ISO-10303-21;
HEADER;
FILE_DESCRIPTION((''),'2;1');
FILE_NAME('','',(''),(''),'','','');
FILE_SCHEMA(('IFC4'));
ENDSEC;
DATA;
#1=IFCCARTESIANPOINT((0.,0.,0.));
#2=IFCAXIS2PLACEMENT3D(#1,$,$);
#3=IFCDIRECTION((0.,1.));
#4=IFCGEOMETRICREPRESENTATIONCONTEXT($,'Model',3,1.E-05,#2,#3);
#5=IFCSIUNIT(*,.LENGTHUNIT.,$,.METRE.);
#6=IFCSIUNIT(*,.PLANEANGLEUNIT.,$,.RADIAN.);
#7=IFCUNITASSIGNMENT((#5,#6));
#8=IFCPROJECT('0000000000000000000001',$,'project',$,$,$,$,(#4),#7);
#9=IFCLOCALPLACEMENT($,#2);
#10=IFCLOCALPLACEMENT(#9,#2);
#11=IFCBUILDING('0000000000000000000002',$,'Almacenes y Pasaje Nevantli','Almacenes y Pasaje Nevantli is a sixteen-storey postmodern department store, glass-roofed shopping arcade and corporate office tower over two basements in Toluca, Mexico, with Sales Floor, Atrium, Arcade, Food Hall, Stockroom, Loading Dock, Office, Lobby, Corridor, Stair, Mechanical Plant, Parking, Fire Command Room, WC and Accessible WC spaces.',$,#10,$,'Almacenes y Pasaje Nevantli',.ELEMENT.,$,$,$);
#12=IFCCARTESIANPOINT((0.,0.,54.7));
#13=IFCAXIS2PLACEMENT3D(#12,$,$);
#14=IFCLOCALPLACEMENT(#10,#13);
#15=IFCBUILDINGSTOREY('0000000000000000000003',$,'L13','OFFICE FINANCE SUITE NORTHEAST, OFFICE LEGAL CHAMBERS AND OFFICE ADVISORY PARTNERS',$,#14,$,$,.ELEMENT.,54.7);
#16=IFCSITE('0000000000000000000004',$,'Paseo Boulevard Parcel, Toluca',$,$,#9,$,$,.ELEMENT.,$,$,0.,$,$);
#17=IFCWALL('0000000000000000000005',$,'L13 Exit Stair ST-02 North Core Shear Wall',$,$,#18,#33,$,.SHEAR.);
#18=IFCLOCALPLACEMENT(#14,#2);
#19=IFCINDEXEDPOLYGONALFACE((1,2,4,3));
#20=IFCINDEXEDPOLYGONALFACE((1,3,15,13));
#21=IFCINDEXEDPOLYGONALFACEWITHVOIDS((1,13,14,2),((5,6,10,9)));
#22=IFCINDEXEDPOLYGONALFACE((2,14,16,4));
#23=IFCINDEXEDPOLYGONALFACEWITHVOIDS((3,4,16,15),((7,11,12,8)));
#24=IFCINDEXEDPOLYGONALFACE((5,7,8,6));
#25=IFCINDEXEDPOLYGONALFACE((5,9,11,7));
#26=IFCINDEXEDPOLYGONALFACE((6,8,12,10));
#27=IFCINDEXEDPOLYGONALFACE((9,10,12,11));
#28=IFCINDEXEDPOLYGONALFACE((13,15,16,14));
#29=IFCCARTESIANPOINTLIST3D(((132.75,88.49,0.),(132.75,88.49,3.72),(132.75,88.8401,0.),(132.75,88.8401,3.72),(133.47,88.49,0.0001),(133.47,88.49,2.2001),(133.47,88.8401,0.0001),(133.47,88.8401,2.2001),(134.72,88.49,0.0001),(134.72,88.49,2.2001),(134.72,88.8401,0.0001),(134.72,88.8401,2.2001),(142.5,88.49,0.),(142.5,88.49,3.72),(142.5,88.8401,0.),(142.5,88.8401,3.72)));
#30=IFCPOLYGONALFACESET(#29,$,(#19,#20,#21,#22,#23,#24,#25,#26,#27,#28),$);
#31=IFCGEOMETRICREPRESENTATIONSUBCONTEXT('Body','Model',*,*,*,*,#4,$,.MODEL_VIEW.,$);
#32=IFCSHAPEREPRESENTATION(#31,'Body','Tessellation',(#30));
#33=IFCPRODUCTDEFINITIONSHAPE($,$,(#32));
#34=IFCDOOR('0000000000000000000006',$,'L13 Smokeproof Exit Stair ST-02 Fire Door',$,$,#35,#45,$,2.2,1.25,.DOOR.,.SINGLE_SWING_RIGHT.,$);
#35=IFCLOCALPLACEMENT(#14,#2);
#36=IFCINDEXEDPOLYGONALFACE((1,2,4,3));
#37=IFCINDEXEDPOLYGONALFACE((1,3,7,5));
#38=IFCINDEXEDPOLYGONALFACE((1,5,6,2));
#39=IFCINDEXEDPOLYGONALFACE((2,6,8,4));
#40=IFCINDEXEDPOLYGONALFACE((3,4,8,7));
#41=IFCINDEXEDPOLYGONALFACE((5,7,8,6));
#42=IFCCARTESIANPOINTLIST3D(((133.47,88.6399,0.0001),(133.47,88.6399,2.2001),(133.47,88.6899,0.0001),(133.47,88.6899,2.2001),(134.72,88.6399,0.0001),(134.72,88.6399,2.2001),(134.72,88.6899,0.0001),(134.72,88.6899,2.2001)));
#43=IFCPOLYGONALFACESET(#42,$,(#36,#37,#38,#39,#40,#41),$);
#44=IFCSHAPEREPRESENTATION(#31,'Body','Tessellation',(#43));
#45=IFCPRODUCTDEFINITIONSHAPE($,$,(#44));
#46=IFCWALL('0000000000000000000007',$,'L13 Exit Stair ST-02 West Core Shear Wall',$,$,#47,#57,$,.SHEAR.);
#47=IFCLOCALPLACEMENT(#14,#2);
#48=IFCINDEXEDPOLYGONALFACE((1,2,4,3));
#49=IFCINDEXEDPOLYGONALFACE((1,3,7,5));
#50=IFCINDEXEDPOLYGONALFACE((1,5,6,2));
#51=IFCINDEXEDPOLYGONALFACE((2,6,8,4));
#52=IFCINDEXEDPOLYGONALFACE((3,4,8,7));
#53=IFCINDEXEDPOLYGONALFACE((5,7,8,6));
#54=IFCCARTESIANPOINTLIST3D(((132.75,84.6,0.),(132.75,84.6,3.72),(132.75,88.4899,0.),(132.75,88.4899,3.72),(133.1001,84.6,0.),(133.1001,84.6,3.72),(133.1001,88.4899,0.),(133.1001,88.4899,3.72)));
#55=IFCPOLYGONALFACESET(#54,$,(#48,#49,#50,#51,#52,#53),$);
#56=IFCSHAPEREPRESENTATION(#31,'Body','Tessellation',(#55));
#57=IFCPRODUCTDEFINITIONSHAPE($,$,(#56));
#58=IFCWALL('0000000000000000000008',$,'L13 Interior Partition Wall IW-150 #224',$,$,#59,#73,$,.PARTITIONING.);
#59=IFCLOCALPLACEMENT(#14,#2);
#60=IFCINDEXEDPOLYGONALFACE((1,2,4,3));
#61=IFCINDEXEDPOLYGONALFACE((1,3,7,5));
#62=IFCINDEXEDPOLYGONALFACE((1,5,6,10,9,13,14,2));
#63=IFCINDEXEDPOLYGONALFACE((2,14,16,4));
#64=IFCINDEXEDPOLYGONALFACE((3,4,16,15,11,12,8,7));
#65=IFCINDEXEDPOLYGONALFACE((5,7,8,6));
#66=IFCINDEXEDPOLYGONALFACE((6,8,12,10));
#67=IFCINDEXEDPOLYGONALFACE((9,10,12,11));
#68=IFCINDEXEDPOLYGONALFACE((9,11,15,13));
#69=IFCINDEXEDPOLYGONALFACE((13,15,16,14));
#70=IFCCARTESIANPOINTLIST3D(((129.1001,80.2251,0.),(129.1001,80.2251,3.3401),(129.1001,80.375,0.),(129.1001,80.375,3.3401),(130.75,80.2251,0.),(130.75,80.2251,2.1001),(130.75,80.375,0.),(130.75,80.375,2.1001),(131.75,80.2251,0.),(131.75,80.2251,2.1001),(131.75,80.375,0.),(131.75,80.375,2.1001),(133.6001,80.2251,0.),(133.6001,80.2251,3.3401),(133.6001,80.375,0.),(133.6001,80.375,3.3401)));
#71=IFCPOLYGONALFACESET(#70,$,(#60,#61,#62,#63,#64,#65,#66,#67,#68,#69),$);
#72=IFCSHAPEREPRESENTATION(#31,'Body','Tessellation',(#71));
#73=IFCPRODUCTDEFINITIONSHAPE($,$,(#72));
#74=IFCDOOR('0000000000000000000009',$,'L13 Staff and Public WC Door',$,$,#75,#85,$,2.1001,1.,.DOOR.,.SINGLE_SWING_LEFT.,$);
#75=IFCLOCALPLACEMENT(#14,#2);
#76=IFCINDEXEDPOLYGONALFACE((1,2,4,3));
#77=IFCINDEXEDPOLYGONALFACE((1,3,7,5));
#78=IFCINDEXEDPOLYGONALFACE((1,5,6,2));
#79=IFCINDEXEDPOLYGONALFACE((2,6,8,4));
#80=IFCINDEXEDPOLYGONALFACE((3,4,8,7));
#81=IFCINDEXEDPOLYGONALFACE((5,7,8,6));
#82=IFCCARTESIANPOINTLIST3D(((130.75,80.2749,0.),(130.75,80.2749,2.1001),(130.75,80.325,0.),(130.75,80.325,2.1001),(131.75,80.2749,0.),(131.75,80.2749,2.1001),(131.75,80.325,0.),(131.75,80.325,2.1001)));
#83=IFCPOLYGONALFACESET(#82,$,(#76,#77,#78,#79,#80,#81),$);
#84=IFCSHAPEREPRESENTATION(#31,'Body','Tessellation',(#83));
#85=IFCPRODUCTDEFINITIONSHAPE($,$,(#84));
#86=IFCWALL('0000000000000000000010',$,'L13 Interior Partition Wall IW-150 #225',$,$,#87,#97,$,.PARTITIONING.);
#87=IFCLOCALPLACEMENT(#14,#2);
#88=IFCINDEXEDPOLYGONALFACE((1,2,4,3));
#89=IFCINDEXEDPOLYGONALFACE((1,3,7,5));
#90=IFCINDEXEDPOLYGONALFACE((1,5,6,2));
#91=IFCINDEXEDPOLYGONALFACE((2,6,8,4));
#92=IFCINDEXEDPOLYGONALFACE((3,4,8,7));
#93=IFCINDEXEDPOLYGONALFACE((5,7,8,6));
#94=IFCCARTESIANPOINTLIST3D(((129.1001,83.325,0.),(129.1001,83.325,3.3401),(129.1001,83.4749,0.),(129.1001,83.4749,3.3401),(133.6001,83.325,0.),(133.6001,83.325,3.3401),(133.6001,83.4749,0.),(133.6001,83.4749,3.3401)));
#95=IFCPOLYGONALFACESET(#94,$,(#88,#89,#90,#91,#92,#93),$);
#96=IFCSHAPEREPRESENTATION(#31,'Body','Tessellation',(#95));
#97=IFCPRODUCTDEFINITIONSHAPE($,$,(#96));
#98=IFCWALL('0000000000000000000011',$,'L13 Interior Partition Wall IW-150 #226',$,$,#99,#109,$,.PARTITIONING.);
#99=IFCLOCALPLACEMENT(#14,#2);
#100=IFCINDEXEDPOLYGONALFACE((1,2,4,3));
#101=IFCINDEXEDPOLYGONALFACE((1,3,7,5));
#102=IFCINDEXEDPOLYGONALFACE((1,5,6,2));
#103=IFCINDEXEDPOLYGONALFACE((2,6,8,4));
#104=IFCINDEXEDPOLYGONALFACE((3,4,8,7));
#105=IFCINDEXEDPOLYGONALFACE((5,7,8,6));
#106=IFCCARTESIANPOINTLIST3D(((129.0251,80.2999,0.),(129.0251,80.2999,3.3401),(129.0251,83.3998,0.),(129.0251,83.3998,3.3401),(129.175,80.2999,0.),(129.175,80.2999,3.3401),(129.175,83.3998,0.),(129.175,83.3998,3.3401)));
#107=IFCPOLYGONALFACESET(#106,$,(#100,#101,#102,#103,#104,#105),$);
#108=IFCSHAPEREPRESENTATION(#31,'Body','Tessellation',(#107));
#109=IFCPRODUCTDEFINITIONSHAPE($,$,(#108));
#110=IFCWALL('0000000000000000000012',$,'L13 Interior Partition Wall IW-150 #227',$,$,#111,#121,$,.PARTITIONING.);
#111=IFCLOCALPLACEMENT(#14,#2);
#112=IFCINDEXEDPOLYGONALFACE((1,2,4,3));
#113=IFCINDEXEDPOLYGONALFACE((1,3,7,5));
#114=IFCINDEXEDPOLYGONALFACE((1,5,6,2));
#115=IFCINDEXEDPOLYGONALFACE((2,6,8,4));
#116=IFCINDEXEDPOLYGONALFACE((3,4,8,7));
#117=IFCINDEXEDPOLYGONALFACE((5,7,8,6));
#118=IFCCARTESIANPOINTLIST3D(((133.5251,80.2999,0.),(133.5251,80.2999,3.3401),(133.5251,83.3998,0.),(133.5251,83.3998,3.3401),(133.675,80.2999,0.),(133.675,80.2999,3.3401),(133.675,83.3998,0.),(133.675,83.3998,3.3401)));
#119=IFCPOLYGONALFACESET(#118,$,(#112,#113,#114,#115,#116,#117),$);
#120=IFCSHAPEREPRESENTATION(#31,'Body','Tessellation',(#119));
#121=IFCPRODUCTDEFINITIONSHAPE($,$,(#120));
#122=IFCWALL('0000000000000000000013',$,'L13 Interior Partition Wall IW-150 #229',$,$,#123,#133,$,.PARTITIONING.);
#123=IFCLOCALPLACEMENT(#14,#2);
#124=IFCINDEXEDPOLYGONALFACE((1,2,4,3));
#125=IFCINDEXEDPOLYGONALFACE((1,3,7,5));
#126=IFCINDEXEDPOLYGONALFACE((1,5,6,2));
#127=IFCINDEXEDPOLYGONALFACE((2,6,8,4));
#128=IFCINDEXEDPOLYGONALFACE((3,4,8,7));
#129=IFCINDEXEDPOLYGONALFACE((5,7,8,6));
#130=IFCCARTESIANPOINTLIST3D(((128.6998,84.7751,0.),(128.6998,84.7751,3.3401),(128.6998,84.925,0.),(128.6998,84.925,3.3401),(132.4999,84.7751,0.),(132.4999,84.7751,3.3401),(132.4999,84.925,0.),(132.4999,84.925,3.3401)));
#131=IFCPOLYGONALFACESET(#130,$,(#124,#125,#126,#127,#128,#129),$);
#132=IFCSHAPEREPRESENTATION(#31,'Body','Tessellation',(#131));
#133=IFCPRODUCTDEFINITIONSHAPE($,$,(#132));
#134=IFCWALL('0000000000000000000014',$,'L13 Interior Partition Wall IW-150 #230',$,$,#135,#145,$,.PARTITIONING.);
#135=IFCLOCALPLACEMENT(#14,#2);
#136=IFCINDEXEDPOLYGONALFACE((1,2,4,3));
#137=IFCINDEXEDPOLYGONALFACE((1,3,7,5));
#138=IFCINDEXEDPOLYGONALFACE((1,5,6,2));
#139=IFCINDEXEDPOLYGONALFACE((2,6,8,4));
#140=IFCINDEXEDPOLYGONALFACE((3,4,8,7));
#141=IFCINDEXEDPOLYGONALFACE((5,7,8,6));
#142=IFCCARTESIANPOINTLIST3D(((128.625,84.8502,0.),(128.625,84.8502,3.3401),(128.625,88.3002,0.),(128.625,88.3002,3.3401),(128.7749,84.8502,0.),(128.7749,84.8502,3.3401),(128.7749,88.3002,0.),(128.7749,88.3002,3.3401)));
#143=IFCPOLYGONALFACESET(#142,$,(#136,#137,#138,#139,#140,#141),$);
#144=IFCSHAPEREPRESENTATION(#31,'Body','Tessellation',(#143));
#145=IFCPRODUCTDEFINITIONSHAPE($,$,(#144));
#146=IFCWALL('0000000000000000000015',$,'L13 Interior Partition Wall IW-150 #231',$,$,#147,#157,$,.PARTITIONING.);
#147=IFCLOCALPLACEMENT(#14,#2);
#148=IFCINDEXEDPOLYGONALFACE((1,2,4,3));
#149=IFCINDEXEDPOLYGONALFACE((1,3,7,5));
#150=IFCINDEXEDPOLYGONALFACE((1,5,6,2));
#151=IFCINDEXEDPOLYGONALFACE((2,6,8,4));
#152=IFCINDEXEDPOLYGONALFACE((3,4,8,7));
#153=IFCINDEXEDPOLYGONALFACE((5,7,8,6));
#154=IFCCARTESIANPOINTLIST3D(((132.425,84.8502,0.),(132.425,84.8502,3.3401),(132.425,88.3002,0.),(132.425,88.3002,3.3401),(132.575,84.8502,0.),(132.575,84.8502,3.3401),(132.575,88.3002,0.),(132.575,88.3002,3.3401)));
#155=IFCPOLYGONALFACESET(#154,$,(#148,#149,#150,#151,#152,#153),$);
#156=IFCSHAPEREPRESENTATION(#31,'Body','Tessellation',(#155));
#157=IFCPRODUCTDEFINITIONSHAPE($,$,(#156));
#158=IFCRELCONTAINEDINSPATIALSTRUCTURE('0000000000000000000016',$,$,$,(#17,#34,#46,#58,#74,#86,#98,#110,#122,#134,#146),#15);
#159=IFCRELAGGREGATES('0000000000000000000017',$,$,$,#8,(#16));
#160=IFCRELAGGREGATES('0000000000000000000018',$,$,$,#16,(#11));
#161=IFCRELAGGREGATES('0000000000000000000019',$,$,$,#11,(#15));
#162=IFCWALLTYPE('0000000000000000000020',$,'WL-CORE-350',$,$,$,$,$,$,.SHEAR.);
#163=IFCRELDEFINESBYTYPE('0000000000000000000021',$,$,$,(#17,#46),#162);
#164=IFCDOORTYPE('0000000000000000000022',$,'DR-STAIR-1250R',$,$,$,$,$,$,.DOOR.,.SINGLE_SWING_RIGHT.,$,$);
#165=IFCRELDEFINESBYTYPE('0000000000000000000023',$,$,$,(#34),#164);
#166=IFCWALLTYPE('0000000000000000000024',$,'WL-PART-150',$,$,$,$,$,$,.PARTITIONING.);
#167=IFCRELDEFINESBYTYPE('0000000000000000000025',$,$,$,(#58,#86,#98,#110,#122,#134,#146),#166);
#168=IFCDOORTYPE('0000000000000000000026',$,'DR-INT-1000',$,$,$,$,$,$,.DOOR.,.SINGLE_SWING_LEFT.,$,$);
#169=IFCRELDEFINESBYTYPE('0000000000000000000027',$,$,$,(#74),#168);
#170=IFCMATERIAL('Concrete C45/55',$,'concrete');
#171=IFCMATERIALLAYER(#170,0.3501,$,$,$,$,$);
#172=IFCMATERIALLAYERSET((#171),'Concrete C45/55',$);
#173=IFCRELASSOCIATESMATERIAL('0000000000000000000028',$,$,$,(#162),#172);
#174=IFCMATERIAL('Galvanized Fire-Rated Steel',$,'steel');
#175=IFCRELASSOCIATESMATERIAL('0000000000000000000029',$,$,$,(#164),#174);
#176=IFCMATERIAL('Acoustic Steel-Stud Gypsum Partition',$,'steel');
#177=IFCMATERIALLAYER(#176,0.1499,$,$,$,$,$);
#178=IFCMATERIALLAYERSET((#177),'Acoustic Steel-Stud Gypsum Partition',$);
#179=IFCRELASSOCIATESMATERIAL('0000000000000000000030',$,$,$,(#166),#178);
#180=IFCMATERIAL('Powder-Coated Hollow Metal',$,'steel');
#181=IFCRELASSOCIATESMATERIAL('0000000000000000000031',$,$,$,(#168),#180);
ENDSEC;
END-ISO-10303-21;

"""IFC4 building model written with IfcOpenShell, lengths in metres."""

from ifc_helpers import new_model, si_unit, direction, frame, frame_2d, origin, place, context, subcontext, project, spatial, rectangle, extrude, material, layer, layer_set, type_object, element, fill, save


model = new_model("IFC4")

# Units and contexts
model_context = context("Model", 3, precision=1e-05, world=origin(), true_north=direction((0.0, 1.0)))
body_context = subcontext(model_context, "Body", "Model", "MODEL_VIEW")
ifc_project = project(units=[si_unit("LENGTHUNIT", "METRE"), si_unit("PLANEANGLEUNIT", "RADIAN")], contexts=[model_context])

# Site, building, storey
site_placement = place(None, origin())
site = spatial("IfcSite", under=ifc_project, at=site_placement, Name="Paseo Boulevard Parcel, Toluca", CompositionType="ELEMENT", RefElevation=0.0)
building_placement = place(site_placement, origin())
building = spatial("IfcBuilding", under=site, at=building_placement, Name="Almacenes y Pasaje Nevantli", Description="Almacenes y Pasaje Nevantli is a sixteen-storey postmodern department store, glass-roofed shopping arcade and corporate office tower over two basements in Toluca, Mexico, with Sales Floor, Atrium, Arcade, Food Hall, Stockroom, Loading Dock, Office, Lobby, Corridor, Stair, Mechanical Plant, Parking, Fire Command Room, WC and Accessible WC spaces.", LongName="Almacenes y Pasaje Nevantli", CompositionType="ELEMENT")
storey_placement = place(building_placement, frame((0.0, 0.0, 54.7)))
storey = spatial("IfcBuildingStorey", under=building, at=storey_placement, Name="L13", Description="OFFICE FINANCE SUITE NORTHEAST, OFFICE LEGAL CHAMBERS AND OFFICE ADVISORY PARTNERS", CompositionType="ELEMENT", Elevation=54.7)

# Shared definitions
ifc_material_1 = material(Name="Concrete C45/55", Category="concrete")
ifc_layer_1 = layer(ifc_material_1, 0.3501)
ifc_layer_set_1 = layer_set([ifc_layer_1], Name="Concrete C45/55")
wall_type_1 = type_object("IfcWallType", Name="WL-CORE-350", PredefinedType="SHEAR", material=ifc_layer_set_1)

# Wall, opening, door
wall_1_placement = place(storey_placement, frame((132.75, 88.665, 0.0), z_axis=(0.0, 0.0, 1.0), x_axis=(1.0, 0.0, 0.0)))
wall_1 = element("IfcWall", 1, at=wall_1_placement, inside=storey, type_object=wall_type_1, Name="L13 Exit Stair ST-02 North Core Shear Wall", PredefinedType="SHEAR", context=body_context, shape_type="SweptSolid", body=[
    extrude(rectangle(XDim=9.75, YDim=0.3501, at=frame_2d((4.875, 0.0))), origin(), (0.0, 0.0, 1.0), 3.72),
])
opening_1_placement = place(wall_1_placement, frame((0.72, 0.0, 0.0)))
opening_1 = element("IfcOpeningElement", 2, at=opening_1_placement, cuts=wall_1, PredefinedType="OPENING", context=body_context, shape_type="SweptSolid", body=[
    extrude(rectangle(XDim=1.25, YDim=2.2, at=frame_2d((0.625, 1.1001))), frame((0.0, 0.1851, 0.0), z_axis=(0.0, -1.0, 0.0), x_axis=(1.0, 0.0, 0.0)), (0.0, 0.0, 1.0), 0.3701),
])
ifc_material_2 = material(Name="Galvanized Fire-Rated Steel", Category="steel")
door_type_1 = type_object("IfcDoorType", Name="DR-STAIR-1250R", OperationType="SINGLE_SWING_RIGHT", PredefinedType="DOOR", material=ifc_material_2)
door_1_placement = place(opening_1_placement, origin())
door_1 = element("IfcDoor", 3, at=door_1_placement, inside=storey, type_object=door_type_1, Name="L13 Smokeproof Exit Stair ST-02 Fire Door", OperationType="SINGLE_SWING_RIGHT", OverallHeight=2.2, OverallWidth=1.25, PredefinedType="DOOR", context=body_context, shape_type="SweptSolid", body=[
    extrude(rectangle(XDim=1.25, YDim=2.2, at=frame_2d((0.625, 1.1001))), frame((0.0, 0.0249, 0.0), z_axis=(0.0, -1.0, 0.0), x_axis=(1.0, 0.0, 0.0)), (0.0, 0.0, 1.0), 0.05),
])
fill(opening_1, door_1)

# Wall
wall_2_placement = place(storey_placement, frame((132.925, 84.6001, 0.0), z_axis=(0.0, 0.0, 1.0), x_axis=(0.0, 1.0, 0.0)))
element("IfcWall", 4, at=wall_2_placement, inside=storey, type_object=wall_type_1, Name="L13 Exit Stair ST-02 West Core Shear Wall", PredefinedType="SHEAR", context=body_context, shape_type="SweptSolid", body=[
    extrude(rectangle(XDim=3.8899, YDim=0.3501, at=frame_2d((1.9448, 0.0))), origin(), (0.0, 0.0, 1.0), 3.72),
])

# Wall, opening, door
ifc_material_3 = material(Name="Acoustic Steel-Stud Gypsum Partition", Category="steel")
ifc_layer_2 = layer(ifc_material_3, 0.1499)
ifc_layer_set_2 = layer_set([ifc_layer_2], Name="Acoustic Steel-Stud Gypsum Partition")
wall_type_2 = type_object("IfcWallType", Name="WL-PART-150", PredefinedType="PARTITIONING", material=ifc_layer_set_2)
wall_3_placement = place(storey_placement, frame((129.1001, 80.3, 0.0), z_axis=(0.0, 0.0, 1.0), x_axis=(1.0, 0.0, 0.0)))
wall_3 = element("IfcWall", 5, at=wall_3_placement, inside=storey, type_object=wall_type_2, Name="L13 Interior Partition Wall IW-150 #224", PredefinedType="PARTITIONING", context=body_context, shape_type="SweptSolid", body=[
    extrude(rectangle(XDim=4.5, YDim=0.1499, at=frame_2d((2.25, 0.0))), origin(), (0.0, 0.0, 1.0), 3.3401),
])
opening_2_placement = place(wall_3_placement, frame((1.6499, 0.0, 0.0)))
opening_2 = element("IfcOpeningElement", 6, at=opening_2_placement, cuts=wall_3, PredefinedType="OPENING", context=body_context, shape_type="SweptSolid", body=[
    extrude(rectangle(XDim=1.0, YDim=2.1001, at=frame_2d((0.5, 1.05))), frame((0.0, 0.085, 0.0), z_axis=(0.0, -1.0, 0.0), x_axis=(1.0, 0.0, 0.0)), (0.0, 0.0, 1.0), 0.1699),
])
ifc_material_4 = material(Name="Powder-Coated Hollow Metal", Category="steel")
door_type_2 = type_object("IfcDoorType", Name="DR-INT-1000", OperationType="SINGLE_SWING_LEFT", PredefinedType="DOOR", material=ifc_material_4)
door_2_placement = place(opening_2_placement, origin())
door_2 = element("IfcDoor", 7, at=door_2_placement, inside=storey, type_object=door_type_2, Name="L13 Staff and Public WC Door", OperationType="SINGLE_SWING_LEFT", OverallHeight=2.1001, OverallWidth=1.0, PredefinedType="DOOR", context=body_context, shape_type="SweptSolid", body=[
    extrude(rectangle(XDim=1.0, YDim=2.1001, at=frame_2d((0.5, 1.05))), frame((0.0, 0.0249, 0.0), z_axis=(0.0, -1.0, 0.0), x_axis=(1.0, 0.0, 0.0)), (0.0, 0.0, 1.0), 0.05),
])
fill(opening_2, door_2)

# Walls
wall_4_placement = place(storey_placement, frame((129.1001, 83.3999, 0.0), z_axis=(0.0, 0.0, 1.0), x_axis=(1.0, 0.0, 0.0)))
element("IfcWall", 8, at=wall_4_placement, inside=storey, type_object=wall_type_2, Name="L13 Interior Partition Wall IW-150 #225", PredefinedType="PARTITIONING", context=body_context, shape_type="SweptSolid", body=[
    extrude(rectangle(XDim=4.5, YDim=0.1499, at=frame_2d((2.25, 0.0))), origin(), (0.0, 0.0, 1.0), 3.3401),
])
for number, where, z_axis, x_axis, name in (
    (9, (129.1001, 80.3, 0.0), (0.0, 0.0, 1.0), (0.0, 1.0, 0.0), "L13 Interior Partition Wall IW-150 #226"),
    (10, (133.6001, 80.3, 0.0), (0.0, 0.0, 1.0), (0.0, 1.0, 0.0), "L13 Interior Partition Wall IW-150 #227"),
):
    element("IfcWall", number, at=place(storey_placement, frame(where, z_axis=z_axis, x_axis=x_axis)), inside=storey, type_object=wall_type_2, Name=name, PredefinedType="PARTITIONING", context=body_context, shape_type="SweptSolid", body=[
        extrude(rectangle(XDim=3.0999, YDim=0.1499, at=frame_2d((1.5498, 0.0))), origin(), (0.0, 0.0, 1.0), 3.3401),
    ])

# Walls
wall_5_placement = place(storey_placement, frame((128.7, 84.8501, 0.0), z_axis=(0.0, 0.0, 1.0), x_axis=(1.0, 0.0, 0.0)))
element("IfcWall", 11, at=wall_5_placement, inside=storey, type_object=wall_type_2, Name="L13 Interior Partition Wall IW-150 #229", PredefinedType="PARTITIONING", context=body_context, shape_type="SweptSolid", body=[
    extrude(rectangle(XDim=3.8, YDim=0.1499, at=frame_2d((1.8999, 0.0))), origin(), (0.0, 0.0, 1.0), 3.3401),
])
for number, where, z_axis, x_axis, name in (
    (12, (128.7, 84.8501, 0.0), (0.0, 0.0, 1.0), (0.0, 1.0, 0.0), "L13 Interior Partition Wall IW-150 #230"),
    (13, (132.5, 84.8501, 0.0), (0.0, 0.0, 1.0), (0.0, 1.0, 0.0), "L13 Interior Partition Wall IW-150 #231"),
):
    element("IfcWall", number, at=place(storey_placement, frame(where, z_axis=z_axis, x_axis=x_axis)), inside=storey, type_object=wall_type_2, Name=name, PredefinedType="PARTITIONING", context=body_context, shape_type="SweptSolid", body=[
        extrude(rectangle(XDim=3.45, YDim=0.1499, at=frame_2d((1.7251, 0.0))), origin(), (0.0, 0.0, 1.0), 3.3401),
    ])

save(model, "model.ifc")
